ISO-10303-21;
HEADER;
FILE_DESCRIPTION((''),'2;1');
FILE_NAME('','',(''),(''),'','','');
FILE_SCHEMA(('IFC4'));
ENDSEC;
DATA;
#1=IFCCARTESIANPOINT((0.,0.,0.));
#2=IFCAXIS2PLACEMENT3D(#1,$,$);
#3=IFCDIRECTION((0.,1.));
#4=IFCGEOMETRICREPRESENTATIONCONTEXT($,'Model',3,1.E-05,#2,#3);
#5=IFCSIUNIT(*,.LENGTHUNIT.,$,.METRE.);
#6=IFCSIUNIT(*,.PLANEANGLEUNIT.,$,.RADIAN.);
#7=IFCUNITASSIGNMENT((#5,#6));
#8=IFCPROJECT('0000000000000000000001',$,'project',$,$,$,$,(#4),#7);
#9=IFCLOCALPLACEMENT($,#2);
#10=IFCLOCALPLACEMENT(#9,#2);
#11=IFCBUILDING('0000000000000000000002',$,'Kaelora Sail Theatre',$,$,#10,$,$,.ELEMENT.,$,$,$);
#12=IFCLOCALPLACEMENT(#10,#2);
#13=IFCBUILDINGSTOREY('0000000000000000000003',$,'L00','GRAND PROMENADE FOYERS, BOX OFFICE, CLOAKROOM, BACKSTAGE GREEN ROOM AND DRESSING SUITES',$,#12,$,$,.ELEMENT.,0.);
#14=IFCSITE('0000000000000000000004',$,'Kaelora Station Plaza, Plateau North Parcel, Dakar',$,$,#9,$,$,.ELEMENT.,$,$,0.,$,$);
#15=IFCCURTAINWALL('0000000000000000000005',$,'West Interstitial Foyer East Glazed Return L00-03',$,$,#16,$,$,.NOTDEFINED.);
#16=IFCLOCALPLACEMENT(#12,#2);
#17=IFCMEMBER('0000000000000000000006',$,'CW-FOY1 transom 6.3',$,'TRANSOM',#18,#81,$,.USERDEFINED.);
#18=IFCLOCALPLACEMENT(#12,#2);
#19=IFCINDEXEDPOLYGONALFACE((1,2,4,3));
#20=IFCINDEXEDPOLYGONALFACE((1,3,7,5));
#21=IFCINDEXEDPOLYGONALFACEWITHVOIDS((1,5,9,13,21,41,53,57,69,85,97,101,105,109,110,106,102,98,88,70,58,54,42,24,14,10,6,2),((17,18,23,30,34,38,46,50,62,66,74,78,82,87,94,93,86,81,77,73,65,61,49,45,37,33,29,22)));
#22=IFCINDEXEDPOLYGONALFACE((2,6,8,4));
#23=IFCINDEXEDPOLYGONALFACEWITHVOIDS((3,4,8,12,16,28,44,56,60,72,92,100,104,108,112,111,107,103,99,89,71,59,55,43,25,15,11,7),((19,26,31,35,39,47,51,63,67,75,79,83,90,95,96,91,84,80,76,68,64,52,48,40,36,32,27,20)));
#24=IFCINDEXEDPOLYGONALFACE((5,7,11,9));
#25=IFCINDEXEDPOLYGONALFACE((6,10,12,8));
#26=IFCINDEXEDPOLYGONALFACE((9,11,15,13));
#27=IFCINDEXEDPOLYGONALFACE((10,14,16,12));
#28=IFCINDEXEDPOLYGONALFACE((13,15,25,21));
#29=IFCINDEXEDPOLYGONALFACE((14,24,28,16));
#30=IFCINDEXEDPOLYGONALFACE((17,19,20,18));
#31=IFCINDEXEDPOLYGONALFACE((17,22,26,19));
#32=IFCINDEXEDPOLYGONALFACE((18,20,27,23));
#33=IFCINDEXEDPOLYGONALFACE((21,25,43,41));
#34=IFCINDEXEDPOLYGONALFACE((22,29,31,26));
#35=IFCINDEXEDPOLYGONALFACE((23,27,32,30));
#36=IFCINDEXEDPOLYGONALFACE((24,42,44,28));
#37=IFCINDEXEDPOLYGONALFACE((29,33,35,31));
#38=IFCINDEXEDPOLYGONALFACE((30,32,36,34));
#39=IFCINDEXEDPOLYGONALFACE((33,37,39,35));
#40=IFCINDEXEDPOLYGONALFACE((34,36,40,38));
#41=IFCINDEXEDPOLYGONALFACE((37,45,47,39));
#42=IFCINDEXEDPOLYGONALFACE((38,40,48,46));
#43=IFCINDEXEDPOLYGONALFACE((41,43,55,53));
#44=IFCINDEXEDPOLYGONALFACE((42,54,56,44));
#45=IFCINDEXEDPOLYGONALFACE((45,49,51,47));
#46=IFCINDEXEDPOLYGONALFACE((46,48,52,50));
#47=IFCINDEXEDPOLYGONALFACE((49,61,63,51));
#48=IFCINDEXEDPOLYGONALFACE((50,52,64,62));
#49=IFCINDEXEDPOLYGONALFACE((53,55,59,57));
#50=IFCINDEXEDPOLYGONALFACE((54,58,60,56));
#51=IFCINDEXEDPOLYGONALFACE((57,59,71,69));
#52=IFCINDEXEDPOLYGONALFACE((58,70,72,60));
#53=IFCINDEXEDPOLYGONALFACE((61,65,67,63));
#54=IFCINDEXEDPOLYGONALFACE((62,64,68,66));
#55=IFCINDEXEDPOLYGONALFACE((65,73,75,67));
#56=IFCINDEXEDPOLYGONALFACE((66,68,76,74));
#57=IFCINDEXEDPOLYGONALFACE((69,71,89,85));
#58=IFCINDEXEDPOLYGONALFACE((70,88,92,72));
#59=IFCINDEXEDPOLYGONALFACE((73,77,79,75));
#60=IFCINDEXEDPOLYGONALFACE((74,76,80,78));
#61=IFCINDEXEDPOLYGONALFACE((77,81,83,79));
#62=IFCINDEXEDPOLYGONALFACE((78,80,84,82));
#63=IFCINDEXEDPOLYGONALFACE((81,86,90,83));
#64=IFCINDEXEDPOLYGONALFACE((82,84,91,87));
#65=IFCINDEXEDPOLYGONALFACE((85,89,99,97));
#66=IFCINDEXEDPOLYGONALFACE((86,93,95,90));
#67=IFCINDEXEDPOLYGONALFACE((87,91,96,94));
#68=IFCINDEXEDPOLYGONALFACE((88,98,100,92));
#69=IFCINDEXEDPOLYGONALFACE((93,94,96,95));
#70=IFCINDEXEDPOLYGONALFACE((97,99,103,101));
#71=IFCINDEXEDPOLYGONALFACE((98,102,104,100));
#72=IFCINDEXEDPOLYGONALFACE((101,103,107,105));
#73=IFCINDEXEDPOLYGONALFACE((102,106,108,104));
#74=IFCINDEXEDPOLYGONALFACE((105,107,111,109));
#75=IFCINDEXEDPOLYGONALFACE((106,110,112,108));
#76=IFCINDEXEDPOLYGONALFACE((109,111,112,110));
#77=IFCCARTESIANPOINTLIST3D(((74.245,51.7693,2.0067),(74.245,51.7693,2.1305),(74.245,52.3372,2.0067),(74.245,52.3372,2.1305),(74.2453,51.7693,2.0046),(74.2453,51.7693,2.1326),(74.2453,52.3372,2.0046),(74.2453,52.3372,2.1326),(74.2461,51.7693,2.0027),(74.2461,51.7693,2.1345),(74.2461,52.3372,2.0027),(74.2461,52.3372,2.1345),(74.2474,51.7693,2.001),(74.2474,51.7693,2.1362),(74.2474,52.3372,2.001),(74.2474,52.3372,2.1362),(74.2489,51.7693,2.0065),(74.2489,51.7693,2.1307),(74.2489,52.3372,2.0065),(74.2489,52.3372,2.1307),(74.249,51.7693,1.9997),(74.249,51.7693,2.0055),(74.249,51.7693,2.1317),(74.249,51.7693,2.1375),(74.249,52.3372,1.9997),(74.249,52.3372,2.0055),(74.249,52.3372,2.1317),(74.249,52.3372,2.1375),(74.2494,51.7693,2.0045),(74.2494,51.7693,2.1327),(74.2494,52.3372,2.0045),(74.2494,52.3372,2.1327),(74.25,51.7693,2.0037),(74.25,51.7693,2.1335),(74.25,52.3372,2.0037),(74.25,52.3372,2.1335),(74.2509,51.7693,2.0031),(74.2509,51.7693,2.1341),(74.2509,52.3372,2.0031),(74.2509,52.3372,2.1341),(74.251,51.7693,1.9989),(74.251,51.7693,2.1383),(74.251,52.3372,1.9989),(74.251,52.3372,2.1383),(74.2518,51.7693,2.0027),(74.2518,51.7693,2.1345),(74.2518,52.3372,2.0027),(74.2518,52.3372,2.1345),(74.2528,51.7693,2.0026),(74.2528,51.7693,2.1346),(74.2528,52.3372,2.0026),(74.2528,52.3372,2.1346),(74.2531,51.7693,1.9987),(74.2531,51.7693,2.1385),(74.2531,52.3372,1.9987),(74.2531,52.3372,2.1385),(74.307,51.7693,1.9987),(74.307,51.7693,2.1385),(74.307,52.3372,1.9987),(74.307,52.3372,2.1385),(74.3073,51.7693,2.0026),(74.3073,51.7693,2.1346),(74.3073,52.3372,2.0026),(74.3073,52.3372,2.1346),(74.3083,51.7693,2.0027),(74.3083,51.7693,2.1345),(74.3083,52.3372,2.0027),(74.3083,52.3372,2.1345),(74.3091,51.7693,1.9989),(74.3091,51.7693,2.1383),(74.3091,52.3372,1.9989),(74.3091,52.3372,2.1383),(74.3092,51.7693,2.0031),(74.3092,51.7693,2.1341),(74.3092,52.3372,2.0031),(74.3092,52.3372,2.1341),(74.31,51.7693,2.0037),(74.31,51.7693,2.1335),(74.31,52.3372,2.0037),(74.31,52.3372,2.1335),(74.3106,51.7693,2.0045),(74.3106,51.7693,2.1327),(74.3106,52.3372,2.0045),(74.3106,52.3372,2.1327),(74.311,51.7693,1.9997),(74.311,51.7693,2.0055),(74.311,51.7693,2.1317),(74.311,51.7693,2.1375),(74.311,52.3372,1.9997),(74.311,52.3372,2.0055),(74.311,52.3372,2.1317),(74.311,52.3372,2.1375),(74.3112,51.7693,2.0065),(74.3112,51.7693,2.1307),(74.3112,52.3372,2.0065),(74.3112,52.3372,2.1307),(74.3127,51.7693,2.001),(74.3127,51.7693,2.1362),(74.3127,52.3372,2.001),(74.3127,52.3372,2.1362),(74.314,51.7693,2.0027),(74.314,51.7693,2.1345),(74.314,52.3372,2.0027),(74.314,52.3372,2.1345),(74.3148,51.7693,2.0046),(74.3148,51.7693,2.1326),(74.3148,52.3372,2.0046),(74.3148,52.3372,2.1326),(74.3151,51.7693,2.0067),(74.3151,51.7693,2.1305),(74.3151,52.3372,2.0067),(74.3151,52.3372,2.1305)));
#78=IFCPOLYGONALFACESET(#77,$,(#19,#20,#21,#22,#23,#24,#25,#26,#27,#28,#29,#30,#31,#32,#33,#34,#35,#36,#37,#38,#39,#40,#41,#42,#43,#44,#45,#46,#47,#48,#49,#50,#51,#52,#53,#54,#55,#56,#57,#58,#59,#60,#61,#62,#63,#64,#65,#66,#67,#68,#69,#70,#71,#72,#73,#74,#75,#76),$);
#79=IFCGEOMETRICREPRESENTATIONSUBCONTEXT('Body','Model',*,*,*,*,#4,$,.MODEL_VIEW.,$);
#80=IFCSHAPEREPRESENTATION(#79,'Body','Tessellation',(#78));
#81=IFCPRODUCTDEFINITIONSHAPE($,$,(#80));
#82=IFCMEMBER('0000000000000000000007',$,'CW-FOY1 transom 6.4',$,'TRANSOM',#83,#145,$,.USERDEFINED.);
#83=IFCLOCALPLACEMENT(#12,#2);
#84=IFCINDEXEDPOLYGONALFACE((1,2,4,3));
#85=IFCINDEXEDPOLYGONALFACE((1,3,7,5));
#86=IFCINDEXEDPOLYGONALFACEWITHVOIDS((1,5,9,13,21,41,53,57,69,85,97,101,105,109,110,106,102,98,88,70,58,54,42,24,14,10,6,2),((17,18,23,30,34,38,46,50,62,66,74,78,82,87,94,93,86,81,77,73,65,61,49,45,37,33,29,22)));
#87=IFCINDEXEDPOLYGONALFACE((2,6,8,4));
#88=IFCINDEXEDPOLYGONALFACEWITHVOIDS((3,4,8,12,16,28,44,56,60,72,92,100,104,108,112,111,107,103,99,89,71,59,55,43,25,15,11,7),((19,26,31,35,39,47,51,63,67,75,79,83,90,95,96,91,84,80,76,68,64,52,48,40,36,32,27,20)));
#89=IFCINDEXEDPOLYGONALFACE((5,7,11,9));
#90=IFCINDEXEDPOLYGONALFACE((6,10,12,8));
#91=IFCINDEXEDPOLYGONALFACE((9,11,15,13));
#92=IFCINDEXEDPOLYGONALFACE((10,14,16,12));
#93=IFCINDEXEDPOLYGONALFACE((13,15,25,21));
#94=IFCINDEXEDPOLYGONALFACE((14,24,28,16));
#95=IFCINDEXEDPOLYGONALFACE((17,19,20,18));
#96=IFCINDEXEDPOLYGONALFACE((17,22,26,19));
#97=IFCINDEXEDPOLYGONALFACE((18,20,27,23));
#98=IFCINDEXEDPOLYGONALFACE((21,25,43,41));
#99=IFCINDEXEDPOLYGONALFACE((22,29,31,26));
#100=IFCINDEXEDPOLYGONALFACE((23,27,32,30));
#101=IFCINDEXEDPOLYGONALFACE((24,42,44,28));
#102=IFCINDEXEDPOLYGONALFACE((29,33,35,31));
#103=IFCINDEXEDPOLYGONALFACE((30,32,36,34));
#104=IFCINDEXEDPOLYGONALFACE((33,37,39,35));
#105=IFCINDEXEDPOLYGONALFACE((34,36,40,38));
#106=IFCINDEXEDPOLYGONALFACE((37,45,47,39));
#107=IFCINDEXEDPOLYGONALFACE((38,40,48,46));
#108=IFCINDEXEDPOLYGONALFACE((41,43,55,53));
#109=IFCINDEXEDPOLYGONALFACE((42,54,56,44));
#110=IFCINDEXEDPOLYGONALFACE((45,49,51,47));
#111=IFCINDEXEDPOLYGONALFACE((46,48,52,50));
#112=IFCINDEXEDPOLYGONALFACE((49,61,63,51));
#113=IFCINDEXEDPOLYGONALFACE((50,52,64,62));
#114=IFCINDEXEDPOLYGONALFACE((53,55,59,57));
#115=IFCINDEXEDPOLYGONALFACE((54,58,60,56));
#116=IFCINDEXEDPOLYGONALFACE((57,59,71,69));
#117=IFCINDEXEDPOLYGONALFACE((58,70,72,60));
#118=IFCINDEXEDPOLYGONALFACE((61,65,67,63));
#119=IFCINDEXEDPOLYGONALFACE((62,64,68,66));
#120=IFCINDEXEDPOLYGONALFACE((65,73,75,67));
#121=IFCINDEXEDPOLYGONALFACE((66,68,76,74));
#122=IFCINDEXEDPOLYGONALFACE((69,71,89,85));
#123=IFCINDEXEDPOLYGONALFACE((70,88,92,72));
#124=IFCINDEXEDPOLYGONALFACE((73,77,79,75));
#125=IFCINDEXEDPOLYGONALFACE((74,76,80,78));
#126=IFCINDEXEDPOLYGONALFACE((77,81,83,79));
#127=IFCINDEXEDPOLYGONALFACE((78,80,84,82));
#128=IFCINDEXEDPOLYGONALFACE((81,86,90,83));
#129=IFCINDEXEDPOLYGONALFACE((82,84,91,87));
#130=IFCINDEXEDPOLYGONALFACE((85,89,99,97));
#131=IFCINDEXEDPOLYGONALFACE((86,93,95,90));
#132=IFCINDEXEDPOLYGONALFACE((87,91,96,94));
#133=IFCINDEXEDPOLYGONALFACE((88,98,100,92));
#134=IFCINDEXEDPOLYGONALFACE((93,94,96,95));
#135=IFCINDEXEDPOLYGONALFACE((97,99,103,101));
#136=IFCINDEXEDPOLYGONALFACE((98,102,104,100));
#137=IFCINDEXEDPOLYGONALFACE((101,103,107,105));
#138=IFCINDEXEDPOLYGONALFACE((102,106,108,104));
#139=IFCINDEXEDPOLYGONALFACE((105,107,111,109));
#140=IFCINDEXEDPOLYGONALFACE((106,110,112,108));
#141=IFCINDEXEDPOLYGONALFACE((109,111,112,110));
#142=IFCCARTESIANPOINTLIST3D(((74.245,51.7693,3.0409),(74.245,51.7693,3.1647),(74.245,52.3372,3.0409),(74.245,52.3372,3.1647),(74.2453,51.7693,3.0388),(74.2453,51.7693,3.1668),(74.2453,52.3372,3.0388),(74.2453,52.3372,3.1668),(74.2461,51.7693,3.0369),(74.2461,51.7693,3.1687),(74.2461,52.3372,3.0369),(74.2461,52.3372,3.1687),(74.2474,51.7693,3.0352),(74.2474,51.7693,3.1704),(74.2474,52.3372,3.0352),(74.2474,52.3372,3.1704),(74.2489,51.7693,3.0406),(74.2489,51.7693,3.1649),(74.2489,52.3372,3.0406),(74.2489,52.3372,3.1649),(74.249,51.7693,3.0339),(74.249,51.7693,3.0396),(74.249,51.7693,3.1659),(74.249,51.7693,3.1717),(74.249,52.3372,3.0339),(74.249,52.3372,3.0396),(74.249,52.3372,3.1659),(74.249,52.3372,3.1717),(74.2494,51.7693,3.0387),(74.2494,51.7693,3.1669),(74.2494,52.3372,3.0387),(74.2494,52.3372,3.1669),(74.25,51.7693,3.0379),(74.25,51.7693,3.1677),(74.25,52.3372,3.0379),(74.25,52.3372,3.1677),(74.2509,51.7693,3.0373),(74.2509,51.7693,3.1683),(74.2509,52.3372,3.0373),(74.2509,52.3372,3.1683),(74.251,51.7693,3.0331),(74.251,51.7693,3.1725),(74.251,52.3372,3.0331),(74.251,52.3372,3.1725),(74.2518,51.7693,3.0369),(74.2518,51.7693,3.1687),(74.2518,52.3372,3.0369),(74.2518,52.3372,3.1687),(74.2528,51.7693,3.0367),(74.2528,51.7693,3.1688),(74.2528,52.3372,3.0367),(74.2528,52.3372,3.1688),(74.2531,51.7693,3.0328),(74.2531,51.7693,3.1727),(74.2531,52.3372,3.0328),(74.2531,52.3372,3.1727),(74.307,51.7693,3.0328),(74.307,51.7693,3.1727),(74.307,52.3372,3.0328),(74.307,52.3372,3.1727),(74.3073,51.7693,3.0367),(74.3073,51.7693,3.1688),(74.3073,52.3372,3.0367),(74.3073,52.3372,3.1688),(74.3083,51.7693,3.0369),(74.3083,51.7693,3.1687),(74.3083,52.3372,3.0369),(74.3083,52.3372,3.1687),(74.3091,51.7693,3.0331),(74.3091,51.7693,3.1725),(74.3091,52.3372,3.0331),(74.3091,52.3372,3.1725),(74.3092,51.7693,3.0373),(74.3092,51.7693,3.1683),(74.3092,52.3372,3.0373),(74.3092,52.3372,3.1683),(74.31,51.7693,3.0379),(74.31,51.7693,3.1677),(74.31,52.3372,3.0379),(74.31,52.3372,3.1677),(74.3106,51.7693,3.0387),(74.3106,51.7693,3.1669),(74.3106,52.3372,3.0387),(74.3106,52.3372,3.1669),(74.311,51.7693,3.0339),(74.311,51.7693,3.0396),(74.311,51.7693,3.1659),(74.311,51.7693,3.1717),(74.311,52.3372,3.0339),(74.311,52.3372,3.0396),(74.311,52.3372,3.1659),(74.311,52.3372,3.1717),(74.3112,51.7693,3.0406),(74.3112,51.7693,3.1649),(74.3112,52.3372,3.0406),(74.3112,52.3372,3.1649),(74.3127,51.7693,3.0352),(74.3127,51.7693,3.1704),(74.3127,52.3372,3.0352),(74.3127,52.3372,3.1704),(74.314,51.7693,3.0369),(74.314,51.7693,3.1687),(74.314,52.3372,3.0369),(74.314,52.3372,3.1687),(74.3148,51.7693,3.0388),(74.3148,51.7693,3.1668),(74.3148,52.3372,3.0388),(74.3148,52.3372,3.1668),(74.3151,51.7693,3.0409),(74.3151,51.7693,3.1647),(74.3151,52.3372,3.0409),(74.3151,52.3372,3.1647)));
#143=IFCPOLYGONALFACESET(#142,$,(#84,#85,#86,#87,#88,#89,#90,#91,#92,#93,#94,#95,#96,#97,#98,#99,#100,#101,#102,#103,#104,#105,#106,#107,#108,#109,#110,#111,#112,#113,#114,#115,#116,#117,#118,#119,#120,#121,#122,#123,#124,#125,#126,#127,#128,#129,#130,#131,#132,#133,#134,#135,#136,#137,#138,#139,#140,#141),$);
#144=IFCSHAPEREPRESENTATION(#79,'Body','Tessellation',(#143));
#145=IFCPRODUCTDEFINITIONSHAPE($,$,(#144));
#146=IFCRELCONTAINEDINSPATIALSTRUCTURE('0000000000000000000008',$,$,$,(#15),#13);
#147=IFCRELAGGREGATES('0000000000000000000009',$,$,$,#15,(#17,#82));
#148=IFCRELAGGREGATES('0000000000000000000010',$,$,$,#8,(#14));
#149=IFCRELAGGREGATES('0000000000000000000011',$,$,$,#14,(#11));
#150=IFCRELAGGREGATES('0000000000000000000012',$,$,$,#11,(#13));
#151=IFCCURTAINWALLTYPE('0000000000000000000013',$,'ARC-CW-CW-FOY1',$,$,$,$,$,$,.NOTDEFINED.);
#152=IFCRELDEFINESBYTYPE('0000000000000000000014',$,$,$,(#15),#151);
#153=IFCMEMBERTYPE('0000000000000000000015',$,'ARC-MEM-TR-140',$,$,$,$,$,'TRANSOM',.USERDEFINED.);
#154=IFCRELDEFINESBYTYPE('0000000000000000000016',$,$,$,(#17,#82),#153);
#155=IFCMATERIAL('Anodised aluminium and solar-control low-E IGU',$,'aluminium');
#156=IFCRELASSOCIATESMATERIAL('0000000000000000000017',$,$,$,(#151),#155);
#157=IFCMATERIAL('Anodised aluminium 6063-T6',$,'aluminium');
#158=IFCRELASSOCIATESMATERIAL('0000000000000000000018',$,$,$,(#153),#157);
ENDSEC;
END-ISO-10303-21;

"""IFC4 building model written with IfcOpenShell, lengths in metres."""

from ifc_helpers import new_model, si_unit, direction, frame, origin, origin_2d, place, context, subcontext, project, spatial, hollow_rectangle, extrude, material, material_profile, profile_set, type_object, element, aggregate, save


model = new_model("IFC4")

# Units and contexts
model_context = context("Model", 3, precision=1e-05, world=origin(), true_north=direction((0.0, 1.0)))
body_context = subcontext(model_context, "Body", "Model", "MODEL_VIEW")
ifc_project = project(units=[si_unit("LENGTHUNIT", "METRE"), si_unit("PLANEANGLEUNIT", "RADIAN")], contexts=[model_context])

# Site, building, storey
site_placement = place(None, origin())
site = spatial("IfcSite", under=ifc_project, at=site_placement, Name="Kaelora Station Plaza, Plateau North Parcel, Dakar", CompositionType="ELEMENT", RefElevation=0.0)
building_placement = place(site_placement, origin())
building = spatial("IfcBuilding", under=site, at=building_placement, Name="Kaelora Sail Theatre", CompositionType="ELEMENT")
storey_placement = place(building_placement, origin())
storey = spatial("IfcBuildingStorey", under=building, at=storey_placement, Name="L00", Description="GRAND PROMENADE FOYERS, BOX OFFICE, CLOAKROOM, BACKSTAGE GREEN ROOM AND DRESSING SUITES", CompositionType="ELEMENT", Elevation=0.0)

# Curtain wall, members
ifc_material_1 = material(Name="Anodised aluminium and solar-control low-E IGU", Category="aluminium")
curtain_wall_type = type_object("IfcCurtainWallType", Name="ARC-CW-CW-FOY1", PredefinedType="NOTDEFINED", material=ifc_material_1)
curtain_wall_placement = place(storey_placement, origin())
curtain_wall = element("IfcCurtainWall", 1, at=curtain_wall_placement, inside=storey, type_object=curtain_wall_type, Name="West Interstitial Foyer East Glazed Return L00-03", PredefinedType="NOTDEFINED")
ifc_material_2 = material(Name="Anodised aluminium 6063-T6", Category="aluminium")
ifc_material_profile_1 = material_profile(ifc_material_2, hollow_rectangle(XDim=0.0701, YDim=0.1399, WallThickness=0.0039, InnerFilletRadius=0.0039, OuterFilletRadius=0.0081, at=origin_2d()), Name="ALU-TRAN 70x140x4")
ifc_profile_set_1 = profile_set([ifc_material_profile_1], Name="Anodised aluminium 6063-T6")
member_type_1 = type_object("IfcMemberType", Name="ARC-MEM-TR-140", ElementType="TRANSOM", PredefinedType="USERDEFINED", material=ifc_profile_set_1)
member_1_placement = place(storey_placement, frame((74.28, 51.7693, 2.0686), z_axis=(0.0, 1.0, 0.0), x_axis=(-1.0, 0.0, 0.0)))
member_1 = element("IfcMember", 2, at=member_1_placement, type_object=member_type_1, Name="CW-FOY1 transom 6.3", ObjectType="TRANSOM", PredefinedType="USERDEFINED", context=body_context, shape_type="SweptSolid", body=[
    extrude(hollow_rectangle(XDim=0.0701, YDim=0.1399, WallThickness=0.0039, InnerFilletRadius=0.0039, OuterFilletRadius=0.0081, at=origin_2d()), origin(), (0.0, 0.0, 1.0), 0.5679),
])
member_2_placement = place(storey_placement, frame((74.28, 51.7693, 3.1028), z_axis=(0.0, 1.0, 0.0), x_axis=(-1.0, 0.0, 0.0)))
member_2 = element("IfcMember", 3, at=member_2_placement, type_object=member_type_1, Name="CW-FOY1 transom 6.4", ObjectType="TRANSOM", PredefinedType="USERDEFINED", context=body_context, shape_type="SweptSolid", body=[
    extrude(hollow_rectangle(XDim=0.0701, YDim=0.1399, WallThickness=0.0039, InnerFilletRadius=0.0039, OuterFilletRadius=0.0081, at=origin_2d()), origin(), (0.0, 0.0, 1.0), 0.5679),
])
aggregate(curtain_wall, [member_1, member_2])

save(model, "model.ifc")
